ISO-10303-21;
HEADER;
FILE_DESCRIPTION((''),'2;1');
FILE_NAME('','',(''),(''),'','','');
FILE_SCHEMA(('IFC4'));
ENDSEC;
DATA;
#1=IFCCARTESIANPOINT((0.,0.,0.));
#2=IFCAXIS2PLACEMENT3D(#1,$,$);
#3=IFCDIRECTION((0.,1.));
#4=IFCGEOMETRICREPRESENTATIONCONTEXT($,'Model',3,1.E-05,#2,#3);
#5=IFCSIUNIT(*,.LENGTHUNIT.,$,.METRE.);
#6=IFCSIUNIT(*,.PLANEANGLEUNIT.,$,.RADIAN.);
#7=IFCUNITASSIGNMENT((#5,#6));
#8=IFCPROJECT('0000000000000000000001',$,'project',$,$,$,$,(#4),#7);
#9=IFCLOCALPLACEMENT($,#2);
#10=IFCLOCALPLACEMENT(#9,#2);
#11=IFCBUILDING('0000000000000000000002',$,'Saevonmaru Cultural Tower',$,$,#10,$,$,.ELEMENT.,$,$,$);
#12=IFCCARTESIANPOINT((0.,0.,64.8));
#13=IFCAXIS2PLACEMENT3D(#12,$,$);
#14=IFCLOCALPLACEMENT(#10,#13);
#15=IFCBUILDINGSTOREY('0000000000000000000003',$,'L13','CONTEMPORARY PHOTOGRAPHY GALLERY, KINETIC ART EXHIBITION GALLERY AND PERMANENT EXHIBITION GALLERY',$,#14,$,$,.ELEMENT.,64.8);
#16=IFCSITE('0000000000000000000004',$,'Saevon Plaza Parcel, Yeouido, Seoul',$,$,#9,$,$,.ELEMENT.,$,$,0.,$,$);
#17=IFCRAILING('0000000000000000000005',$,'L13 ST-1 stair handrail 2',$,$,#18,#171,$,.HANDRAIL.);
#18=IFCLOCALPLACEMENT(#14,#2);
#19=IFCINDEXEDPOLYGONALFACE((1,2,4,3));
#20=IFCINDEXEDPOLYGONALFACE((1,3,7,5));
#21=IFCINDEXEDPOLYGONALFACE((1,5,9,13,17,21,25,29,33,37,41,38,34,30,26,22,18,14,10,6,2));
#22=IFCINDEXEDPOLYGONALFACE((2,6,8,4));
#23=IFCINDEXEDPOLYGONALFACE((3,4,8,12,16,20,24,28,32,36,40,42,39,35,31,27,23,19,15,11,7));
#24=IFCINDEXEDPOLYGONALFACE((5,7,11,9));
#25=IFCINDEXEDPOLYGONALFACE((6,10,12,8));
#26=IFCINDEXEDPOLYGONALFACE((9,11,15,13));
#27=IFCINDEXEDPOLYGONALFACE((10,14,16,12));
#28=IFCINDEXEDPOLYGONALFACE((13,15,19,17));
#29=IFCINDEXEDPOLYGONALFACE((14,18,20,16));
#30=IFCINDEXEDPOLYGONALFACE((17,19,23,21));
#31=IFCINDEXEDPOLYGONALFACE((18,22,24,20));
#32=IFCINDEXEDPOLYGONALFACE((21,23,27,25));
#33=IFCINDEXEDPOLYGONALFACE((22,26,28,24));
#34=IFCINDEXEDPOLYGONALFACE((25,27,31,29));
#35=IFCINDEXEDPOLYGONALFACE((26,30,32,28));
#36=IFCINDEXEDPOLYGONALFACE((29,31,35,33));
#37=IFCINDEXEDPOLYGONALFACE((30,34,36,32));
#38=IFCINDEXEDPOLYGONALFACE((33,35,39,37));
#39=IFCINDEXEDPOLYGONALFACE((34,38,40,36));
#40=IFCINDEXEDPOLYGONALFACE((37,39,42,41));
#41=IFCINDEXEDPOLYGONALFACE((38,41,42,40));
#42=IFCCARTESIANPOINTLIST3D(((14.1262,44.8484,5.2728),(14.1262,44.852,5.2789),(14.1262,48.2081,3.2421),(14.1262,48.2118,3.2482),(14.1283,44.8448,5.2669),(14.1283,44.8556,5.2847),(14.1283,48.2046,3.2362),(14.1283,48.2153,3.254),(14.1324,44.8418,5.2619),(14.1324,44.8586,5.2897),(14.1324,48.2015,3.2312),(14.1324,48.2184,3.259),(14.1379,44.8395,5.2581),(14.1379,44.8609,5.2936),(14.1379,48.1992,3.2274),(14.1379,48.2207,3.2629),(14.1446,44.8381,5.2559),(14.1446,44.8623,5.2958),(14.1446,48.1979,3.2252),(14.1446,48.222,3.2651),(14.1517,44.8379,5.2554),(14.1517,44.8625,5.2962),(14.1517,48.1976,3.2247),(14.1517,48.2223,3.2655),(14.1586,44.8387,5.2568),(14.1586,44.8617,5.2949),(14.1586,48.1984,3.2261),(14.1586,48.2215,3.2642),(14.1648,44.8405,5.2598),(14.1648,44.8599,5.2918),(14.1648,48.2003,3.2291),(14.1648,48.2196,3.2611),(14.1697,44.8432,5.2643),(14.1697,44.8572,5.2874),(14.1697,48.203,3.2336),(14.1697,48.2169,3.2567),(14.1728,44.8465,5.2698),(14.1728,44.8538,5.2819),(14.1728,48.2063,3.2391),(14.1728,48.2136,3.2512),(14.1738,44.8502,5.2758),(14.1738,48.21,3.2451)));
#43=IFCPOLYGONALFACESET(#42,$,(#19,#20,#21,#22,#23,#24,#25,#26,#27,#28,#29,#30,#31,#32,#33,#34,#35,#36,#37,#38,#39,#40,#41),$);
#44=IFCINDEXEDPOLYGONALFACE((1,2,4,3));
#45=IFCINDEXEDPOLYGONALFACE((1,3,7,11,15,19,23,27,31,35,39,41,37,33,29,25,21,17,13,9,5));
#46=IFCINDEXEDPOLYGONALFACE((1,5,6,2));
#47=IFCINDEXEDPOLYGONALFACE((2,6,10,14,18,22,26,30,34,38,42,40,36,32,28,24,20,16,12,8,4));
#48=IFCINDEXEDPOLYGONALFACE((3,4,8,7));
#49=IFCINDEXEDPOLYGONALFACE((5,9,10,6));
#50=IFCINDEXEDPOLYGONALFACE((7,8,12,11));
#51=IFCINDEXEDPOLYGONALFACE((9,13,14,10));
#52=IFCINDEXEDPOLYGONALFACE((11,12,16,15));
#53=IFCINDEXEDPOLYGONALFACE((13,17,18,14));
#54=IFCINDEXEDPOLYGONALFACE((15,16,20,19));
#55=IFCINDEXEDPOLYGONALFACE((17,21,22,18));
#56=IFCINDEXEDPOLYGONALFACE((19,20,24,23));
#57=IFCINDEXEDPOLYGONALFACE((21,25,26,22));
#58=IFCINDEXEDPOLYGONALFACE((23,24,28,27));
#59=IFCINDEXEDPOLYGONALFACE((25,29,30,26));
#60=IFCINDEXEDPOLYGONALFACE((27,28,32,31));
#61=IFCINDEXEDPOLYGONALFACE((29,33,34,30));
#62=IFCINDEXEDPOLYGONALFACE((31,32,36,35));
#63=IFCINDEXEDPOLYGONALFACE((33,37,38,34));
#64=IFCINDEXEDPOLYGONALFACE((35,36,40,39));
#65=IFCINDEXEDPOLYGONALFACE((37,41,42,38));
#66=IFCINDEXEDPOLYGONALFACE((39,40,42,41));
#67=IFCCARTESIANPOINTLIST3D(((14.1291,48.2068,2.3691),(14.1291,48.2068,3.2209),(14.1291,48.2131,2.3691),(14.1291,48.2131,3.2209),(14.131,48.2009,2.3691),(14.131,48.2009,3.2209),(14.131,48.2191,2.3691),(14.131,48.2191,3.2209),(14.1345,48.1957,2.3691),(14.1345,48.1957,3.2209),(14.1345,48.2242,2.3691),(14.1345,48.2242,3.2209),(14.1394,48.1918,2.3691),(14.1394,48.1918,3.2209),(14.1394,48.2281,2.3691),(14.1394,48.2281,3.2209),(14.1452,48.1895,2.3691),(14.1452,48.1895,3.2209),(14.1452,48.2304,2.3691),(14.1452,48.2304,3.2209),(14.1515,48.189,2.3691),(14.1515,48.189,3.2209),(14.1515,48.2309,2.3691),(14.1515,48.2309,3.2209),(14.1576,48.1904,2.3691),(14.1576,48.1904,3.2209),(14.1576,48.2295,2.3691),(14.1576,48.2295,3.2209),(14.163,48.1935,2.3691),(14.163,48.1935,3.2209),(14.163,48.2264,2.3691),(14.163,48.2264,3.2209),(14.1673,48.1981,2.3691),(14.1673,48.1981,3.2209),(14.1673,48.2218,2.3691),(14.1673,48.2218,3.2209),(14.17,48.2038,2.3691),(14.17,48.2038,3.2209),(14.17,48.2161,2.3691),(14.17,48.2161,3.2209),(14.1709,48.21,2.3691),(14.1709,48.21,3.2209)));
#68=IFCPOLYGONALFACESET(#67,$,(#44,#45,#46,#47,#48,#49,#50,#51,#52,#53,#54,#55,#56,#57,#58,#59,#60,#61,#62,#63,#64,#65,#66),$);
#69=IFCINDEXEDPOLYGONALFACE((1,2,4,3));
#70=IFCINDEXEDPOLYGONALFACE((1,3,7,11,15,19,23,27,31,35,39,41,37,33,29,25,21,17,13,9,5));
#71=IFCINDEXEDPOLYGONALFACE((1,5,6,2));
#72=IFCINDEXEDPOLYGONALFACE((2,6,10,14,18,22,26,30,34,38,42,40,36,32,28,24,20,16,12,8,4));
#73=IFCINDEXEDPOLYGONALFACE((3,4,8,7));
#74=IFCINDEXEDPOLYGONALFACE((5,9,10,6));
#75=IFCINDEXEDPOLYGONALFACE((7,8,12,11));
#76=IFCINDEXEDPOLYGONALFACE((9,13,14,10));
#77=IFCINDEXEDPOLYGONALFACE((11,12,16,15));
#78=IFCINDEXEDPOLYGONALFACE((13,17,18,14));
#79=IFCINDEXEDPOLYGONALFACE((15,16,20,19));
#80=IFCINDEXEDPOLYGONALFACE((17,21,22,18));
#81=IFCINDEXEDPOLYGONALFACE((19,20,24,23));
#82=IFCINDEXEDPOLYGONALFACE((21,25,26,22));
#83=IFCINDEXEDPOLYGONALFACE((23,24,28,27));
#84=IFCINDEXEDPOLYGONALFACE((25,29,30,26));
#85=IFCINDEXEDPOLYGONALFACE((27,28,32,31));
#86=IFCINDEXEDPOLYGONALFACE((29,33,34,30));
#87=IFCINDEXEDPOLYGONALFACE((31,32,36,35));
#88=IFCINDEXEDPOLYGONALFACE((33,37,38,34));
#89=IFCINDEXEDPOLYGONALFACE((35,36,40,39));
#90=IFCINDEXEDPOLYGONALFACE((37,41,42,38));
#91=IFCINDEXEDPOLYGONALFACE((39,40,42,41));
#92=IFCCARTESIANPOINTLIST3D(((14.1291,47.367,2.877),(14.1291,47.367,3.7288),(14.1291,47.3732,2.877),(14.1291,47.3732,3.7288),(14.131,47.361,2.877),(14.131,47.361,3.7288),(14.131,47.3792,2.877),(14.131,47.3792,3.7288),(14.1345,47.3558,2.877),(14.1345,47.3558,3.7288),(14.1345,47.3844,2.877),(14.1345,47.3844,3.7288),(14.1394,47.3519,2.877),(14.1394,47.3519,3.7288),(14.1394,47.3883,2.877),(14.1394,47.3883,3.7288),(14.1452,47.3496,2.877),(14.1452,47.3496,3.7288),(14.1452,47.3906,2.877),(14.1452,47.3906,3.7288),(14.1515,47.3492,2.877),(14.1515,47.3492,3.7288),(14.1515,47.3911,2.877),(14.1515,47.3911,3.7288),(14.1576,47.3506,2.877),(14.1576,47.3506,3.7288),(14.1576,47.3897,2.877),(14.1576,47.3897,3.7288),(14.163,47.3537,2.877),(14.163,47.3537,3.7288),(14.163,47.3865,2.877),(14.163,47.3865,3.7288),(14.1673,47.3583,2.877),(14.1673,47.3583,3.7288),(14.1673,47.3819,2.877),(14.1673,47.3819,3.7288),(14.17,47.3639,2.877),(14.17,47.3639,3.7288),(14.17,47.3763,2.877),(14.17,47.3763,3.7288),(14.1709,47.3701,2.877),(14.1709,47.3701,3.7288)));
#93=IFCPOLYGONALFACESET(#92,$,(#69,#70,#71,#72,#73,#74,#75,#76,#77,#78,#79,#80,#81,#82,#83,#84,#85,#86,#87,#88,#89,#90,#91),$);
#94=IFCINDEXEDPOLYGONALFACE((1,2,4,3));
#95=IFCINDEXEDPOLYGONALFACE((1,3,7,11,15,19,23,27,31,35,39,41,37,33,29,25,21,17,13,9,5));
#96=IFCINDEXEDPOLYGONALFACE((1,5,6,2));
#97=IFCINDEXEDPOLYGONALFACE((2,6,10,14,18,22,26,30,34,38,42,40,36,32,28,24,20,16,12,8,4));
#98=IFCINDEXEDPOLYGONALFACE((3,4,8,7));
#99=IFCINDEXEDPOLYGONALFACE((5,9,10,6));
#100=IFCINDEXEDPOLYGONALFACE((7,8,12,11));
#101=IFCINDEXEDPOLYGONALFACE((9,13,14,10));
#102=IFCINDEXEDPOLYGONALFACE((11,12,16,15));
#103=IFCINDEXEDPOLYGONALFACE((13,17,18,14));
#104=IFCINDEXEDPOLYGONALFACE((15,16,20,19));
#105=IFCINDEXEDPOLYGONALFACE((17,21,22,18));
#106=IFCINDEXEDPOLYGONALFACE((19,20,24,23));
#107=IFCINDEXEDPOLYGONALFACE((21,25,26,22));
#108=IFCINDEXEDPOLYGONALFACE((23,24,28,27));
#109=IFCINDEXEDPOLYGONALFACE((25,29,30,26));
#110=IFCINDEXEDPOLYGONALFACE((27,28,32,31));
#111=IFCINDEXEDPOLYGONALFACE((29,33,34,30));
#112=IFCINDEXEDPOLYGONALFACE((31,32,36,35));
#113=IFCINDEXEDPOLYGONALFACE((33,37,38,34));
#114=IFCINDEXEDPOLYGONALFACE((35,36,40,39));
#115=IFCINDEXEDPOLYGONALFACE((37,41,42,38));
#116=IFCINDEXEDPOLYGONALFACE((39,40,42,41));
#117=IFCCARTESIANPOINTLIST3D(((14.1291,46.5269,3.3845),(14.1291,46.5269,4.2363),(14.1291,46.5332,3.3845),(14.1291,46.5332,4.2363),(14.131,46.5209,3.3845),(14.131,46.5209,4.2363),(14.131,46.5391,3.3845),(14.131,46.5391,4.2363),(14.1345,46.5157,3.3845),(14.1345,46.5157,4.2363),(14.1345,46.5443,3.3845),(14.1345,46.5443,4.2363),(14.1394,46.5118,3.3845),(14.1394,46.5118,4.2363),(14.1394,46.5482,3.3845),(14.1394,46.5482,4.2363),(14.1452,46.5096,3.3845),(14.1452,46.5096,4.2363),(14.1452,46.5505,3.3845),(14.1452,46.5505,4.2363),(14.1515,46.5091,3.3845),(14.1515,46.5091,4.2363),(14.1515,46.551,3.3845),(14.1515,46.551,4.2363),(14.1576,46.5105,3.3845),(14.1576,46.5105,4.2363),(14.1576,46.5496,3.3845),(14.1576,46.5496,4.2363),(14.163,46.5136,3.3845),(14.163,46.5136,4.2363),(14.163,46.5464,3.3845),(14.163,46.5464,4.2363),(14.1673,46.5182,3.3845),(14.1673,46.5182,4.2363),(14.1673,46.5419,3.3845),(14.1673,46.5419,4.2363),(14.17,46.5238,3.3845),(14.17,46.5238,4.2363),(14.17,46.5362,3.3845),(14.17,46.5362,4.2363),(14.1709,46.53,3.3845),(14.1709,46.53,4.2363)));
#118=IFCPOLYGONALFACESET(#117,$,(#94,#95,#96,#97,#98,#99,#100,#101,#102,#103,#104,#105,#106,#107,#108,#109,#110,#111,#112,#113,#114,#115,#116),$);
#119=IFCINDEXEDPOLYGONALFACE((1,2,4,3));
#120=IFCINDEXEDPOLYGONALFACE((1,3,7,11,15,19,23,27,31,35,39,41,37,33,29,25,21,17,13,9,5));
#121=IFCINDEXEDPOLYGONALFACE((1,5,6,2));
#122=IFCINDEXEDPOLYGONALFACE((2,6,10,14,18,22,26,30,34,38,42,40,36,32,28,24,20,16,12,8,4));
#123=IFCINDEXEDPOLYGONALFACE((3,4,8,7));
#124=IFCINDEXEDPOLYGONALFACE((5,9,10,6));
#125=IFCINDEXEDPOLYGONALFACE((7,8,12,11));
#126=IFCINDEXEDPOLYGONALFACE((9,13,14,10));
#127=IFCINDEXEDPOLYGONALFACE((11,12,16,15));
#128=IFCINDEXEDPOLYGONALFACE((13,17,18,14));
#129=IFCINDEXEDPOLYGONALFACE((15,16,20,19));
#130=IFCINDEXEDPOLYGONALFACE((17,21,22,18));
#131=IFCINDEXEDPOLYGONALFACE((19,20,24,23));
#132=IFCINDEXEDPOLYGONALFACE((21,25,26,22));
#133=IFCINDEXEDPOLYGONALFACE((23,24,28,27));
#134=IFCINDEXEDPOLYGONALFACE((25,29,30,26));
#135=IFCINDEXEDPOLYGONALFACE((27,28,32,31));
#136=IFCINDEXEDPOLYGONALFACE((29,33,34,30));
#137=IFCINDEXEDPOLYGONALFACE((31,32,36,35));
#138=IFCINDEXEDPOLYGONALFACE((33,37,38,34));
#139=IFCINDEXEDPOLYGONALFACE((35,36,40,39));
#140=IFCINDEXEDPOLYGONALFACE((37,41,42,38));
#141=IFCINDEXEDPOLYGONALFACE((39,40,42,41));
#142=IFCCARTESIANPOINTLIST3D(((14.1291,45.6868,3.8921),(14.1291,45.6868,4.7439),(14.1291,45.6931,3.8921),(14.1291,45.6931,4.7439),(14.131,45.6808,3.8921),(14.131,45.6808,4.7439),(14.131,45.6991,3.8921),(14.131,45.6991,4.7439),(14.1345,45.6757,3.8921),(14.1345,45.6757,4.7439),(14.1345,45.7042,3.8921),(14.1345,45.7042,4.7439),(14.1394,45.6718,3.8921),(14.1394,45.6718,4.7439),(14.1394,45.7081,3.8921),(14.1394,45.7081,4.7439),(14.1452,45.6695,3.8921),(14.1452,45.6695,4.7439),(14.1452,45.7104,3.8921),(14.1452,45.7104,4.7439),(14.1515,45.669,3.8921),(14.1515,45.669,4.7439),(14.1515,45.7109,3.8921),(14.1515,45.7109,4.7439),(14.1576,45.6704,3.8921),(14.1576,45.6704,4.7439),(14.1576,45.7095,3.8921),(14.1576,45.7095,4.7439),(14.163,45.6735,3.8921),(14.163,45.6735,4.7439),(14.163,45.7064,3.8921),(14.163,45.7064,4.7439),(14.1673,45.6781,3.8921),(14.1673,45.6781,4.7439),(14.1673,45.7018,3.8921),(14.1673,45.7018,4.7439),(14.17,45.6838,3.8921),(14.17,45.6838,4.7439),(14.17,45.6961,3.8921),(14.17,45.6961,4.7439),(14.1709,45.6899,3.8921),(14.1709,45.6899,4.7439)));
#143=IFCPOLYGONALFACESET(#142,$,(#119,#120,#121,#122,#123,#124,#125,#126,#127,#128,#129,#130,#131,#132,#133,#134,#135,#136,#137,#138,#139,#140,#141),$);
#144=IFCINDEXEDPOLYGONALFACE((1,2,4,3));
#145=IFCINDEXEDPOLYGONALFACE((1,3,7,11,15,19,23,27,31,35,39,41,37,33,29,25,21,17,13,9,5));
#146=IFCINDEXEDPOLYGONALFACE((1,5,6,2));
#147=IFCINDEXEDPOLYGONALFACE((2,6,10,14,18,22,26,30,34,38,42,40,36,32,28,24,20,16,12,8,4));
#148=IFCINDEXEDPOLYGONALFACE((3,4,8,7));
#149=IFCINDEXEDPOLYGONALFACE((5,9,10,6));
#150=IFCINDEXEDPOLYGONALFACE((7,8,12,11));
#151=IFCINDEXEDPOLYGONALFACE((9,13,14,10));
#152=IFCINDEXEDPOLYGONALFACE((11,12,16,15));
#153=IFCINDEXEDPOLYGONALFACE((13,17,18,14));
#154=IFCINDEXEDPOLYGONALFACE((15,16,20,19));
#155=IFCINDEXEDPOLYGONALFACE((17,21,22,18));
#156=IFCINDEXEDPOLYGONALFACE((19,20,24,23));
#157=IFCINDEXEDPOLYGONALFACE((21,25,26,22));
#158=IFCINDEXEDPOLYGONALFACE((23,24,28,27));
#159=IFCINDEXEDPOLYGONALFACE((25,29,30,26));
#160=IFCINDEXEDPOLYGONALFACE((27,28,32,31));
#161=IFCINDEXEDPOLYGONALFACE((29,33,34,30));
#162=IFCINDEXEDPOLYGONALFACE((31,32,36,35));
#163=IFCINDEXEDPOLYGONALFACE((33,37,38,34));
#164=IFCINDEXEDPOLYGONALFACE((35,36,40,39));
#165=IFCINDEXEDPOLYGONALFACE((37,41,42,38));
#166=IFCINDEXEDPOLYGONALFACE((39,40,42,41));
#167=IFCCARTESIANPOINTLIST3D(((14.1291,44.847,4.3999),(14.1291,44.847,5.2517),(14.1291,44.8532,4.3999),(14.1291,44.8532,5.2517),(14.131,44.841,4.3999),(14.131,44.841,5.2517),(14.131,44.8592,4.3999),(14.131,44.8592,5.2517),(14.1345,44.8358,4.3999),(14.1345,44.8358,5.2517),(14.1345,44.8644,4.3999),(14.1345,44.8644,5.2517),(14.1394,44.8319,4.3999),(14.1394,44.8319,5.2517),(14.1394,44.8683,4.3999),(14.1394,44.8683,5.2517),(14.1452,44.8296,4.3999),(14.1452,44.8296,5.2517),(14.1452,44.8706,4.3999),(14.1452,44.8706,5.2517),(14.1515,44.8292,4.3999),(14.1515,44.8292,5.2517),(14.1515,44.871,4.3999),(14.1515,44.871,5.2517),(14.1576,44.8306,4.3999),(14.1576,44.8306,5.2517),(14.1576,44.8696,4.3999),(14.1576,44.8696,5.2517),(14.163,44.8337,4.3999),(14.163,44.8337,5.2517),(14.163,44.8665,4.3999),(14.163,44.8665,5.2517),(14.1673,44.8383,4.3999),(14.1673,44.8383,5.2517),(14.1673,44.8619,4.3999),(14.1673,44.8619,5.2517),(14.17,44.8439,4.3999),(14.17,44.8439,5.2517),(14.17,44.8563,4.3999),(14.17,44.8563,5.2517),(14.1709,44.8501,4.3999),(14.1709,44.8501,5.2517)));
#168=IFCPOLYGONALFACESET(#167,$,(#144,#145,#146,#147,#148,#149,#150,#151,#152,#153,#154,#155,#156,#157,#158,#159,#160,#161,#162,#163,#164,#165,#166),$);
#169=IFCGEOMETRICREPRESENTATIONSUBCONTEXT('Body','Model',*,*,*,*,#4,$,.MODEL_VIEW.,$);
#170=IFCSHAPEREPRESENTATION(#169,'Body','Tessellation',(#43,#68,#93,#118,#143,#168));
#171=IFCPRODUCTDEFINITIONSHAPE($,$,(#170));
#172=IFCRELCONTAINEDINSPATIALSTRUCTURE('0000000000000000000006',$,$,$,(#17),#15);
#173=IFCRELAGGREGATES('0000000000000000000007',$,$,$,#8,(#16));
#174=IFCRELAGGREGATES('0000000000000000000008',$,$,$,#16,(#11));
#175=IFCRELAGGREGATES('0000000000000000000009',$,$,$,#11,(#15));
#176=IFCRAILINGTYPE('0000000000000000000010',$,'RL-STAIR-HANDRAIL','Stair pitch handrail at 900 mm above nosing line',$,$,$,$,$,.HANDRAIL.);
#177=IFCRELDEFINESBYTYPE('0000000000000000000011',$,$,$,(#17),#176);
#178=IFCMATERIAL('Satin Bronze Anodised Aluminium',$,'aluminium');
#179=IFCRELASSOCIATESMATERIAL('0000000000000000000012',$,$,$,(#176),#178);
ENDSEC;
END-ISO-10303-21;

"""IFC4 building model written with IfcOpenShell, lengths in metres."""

from ifc_helpers import new_model, si_unit, direction, frame, origin, origin_2d, place, context, subcontext, project, spatial, circle, extrude, material, type_object, element, save


model = new_model("IFC4")

# Units and contexts
model_context = context("Model", 3, precision=1e-05, world=origin(), true_north=direction((0.0, 1.0)))
body_context = subcontext(model_context, "Body", "Model", "MODEL_VIEW")
ifc_project = project(units=[si_unit("LENGTHUNIT", "METRE"), si_unit("PLANEANGLEUNIT", "RADIAN")], contexts=[model_context])

# Site, building, storey
site_placement = place(None, origin())
site = spatial("IfcSite", under=ifc_project, at=site_placement, Name="Saevon Plaza Parcel, Yeouido, Seoul", CompositionType="ELEMENT", RefElevation=0.0)
building_placement = place(site_placement, origin())
building = spatial("IfcBuilding", under=site, at=building_placement, Name="Saevonmaru Cultural Tower", CompositionType="ELEMENT")
storey_placement = place(building_placement, frame((0.0, 0.0, 64.8)))
storey = spatial("IfcBuildingStorey", under=building, at=storey_placement, Name="L13", Description="CONTEMPORARY PHOTOGRAPHY GALLERY, KINETIC ART EXHIBITION GALLERY AND PERMANENT EXHIBITION GALLERY", CompositionType="ELEMENT", Elevation=64.8)

# Shared definitions
ifc_material_1 = material(Name="Satin Bronze Anodised Aluminium", Category="aluminium")

# Railing
railing_type_1 = type_object("IfcRailingType", Name="RL-STAIR-HANDRAIL", Description="Stair pitch handrail at 900 mm above nosing line", PredefinedType="HANDRAIL", material=ifc_material_1)
railing_1_placement = place(storey_placement, frame((14.1499, 48.21, 2.3691)))
element("IfcRailing", 1, at=railing_1_placement, inside=storey, type_object=railing_type_1, Name="L13 ST-1 stair handrail 2", PredefinedType="HANDRAIL", context=body_context, shape_type="SweptSolid", body=[
    extrude(circle(Radius=0.0239, at=origin_2d()), frame((0.0, 0.0, 0.876), z_axis=(0.0, -0.85582, 0.517273), x_axis=(1.0, 0.0, 0.0)), (0.0, 0.0, 1.0), 3.9258),
    extrude(circle(Radius=0.021, at=origin_2d()), origin(), (0.0, 0.0, 1.0), 0.8518),
    extrude(circle(Radius=0.021, at=origin_2d()), frame((0.0, -0.8398, 0.5078)), (0.0, 0.0, 1.0), 0.8518),
    extrude(circle(Radius=0.021, at=origin_2d()), frame((0.0, -1.6799, 1.0154)), (0.0, 0.0, 1.0), 0.8518),
    extrude(circle(Radius=0.021, at=origin_2d()), frame((0.0, -2.52, 1.5229)), (0.0, 0.0, 1.0), 0.8518),
    extrude(circle(Radius=0.021, at=origin_2d()), frame((0.0, -3.3599, 2.0308)), (0.0, 0.0, 1.0), 0.8518),
])

save(model, "model.ifc")
